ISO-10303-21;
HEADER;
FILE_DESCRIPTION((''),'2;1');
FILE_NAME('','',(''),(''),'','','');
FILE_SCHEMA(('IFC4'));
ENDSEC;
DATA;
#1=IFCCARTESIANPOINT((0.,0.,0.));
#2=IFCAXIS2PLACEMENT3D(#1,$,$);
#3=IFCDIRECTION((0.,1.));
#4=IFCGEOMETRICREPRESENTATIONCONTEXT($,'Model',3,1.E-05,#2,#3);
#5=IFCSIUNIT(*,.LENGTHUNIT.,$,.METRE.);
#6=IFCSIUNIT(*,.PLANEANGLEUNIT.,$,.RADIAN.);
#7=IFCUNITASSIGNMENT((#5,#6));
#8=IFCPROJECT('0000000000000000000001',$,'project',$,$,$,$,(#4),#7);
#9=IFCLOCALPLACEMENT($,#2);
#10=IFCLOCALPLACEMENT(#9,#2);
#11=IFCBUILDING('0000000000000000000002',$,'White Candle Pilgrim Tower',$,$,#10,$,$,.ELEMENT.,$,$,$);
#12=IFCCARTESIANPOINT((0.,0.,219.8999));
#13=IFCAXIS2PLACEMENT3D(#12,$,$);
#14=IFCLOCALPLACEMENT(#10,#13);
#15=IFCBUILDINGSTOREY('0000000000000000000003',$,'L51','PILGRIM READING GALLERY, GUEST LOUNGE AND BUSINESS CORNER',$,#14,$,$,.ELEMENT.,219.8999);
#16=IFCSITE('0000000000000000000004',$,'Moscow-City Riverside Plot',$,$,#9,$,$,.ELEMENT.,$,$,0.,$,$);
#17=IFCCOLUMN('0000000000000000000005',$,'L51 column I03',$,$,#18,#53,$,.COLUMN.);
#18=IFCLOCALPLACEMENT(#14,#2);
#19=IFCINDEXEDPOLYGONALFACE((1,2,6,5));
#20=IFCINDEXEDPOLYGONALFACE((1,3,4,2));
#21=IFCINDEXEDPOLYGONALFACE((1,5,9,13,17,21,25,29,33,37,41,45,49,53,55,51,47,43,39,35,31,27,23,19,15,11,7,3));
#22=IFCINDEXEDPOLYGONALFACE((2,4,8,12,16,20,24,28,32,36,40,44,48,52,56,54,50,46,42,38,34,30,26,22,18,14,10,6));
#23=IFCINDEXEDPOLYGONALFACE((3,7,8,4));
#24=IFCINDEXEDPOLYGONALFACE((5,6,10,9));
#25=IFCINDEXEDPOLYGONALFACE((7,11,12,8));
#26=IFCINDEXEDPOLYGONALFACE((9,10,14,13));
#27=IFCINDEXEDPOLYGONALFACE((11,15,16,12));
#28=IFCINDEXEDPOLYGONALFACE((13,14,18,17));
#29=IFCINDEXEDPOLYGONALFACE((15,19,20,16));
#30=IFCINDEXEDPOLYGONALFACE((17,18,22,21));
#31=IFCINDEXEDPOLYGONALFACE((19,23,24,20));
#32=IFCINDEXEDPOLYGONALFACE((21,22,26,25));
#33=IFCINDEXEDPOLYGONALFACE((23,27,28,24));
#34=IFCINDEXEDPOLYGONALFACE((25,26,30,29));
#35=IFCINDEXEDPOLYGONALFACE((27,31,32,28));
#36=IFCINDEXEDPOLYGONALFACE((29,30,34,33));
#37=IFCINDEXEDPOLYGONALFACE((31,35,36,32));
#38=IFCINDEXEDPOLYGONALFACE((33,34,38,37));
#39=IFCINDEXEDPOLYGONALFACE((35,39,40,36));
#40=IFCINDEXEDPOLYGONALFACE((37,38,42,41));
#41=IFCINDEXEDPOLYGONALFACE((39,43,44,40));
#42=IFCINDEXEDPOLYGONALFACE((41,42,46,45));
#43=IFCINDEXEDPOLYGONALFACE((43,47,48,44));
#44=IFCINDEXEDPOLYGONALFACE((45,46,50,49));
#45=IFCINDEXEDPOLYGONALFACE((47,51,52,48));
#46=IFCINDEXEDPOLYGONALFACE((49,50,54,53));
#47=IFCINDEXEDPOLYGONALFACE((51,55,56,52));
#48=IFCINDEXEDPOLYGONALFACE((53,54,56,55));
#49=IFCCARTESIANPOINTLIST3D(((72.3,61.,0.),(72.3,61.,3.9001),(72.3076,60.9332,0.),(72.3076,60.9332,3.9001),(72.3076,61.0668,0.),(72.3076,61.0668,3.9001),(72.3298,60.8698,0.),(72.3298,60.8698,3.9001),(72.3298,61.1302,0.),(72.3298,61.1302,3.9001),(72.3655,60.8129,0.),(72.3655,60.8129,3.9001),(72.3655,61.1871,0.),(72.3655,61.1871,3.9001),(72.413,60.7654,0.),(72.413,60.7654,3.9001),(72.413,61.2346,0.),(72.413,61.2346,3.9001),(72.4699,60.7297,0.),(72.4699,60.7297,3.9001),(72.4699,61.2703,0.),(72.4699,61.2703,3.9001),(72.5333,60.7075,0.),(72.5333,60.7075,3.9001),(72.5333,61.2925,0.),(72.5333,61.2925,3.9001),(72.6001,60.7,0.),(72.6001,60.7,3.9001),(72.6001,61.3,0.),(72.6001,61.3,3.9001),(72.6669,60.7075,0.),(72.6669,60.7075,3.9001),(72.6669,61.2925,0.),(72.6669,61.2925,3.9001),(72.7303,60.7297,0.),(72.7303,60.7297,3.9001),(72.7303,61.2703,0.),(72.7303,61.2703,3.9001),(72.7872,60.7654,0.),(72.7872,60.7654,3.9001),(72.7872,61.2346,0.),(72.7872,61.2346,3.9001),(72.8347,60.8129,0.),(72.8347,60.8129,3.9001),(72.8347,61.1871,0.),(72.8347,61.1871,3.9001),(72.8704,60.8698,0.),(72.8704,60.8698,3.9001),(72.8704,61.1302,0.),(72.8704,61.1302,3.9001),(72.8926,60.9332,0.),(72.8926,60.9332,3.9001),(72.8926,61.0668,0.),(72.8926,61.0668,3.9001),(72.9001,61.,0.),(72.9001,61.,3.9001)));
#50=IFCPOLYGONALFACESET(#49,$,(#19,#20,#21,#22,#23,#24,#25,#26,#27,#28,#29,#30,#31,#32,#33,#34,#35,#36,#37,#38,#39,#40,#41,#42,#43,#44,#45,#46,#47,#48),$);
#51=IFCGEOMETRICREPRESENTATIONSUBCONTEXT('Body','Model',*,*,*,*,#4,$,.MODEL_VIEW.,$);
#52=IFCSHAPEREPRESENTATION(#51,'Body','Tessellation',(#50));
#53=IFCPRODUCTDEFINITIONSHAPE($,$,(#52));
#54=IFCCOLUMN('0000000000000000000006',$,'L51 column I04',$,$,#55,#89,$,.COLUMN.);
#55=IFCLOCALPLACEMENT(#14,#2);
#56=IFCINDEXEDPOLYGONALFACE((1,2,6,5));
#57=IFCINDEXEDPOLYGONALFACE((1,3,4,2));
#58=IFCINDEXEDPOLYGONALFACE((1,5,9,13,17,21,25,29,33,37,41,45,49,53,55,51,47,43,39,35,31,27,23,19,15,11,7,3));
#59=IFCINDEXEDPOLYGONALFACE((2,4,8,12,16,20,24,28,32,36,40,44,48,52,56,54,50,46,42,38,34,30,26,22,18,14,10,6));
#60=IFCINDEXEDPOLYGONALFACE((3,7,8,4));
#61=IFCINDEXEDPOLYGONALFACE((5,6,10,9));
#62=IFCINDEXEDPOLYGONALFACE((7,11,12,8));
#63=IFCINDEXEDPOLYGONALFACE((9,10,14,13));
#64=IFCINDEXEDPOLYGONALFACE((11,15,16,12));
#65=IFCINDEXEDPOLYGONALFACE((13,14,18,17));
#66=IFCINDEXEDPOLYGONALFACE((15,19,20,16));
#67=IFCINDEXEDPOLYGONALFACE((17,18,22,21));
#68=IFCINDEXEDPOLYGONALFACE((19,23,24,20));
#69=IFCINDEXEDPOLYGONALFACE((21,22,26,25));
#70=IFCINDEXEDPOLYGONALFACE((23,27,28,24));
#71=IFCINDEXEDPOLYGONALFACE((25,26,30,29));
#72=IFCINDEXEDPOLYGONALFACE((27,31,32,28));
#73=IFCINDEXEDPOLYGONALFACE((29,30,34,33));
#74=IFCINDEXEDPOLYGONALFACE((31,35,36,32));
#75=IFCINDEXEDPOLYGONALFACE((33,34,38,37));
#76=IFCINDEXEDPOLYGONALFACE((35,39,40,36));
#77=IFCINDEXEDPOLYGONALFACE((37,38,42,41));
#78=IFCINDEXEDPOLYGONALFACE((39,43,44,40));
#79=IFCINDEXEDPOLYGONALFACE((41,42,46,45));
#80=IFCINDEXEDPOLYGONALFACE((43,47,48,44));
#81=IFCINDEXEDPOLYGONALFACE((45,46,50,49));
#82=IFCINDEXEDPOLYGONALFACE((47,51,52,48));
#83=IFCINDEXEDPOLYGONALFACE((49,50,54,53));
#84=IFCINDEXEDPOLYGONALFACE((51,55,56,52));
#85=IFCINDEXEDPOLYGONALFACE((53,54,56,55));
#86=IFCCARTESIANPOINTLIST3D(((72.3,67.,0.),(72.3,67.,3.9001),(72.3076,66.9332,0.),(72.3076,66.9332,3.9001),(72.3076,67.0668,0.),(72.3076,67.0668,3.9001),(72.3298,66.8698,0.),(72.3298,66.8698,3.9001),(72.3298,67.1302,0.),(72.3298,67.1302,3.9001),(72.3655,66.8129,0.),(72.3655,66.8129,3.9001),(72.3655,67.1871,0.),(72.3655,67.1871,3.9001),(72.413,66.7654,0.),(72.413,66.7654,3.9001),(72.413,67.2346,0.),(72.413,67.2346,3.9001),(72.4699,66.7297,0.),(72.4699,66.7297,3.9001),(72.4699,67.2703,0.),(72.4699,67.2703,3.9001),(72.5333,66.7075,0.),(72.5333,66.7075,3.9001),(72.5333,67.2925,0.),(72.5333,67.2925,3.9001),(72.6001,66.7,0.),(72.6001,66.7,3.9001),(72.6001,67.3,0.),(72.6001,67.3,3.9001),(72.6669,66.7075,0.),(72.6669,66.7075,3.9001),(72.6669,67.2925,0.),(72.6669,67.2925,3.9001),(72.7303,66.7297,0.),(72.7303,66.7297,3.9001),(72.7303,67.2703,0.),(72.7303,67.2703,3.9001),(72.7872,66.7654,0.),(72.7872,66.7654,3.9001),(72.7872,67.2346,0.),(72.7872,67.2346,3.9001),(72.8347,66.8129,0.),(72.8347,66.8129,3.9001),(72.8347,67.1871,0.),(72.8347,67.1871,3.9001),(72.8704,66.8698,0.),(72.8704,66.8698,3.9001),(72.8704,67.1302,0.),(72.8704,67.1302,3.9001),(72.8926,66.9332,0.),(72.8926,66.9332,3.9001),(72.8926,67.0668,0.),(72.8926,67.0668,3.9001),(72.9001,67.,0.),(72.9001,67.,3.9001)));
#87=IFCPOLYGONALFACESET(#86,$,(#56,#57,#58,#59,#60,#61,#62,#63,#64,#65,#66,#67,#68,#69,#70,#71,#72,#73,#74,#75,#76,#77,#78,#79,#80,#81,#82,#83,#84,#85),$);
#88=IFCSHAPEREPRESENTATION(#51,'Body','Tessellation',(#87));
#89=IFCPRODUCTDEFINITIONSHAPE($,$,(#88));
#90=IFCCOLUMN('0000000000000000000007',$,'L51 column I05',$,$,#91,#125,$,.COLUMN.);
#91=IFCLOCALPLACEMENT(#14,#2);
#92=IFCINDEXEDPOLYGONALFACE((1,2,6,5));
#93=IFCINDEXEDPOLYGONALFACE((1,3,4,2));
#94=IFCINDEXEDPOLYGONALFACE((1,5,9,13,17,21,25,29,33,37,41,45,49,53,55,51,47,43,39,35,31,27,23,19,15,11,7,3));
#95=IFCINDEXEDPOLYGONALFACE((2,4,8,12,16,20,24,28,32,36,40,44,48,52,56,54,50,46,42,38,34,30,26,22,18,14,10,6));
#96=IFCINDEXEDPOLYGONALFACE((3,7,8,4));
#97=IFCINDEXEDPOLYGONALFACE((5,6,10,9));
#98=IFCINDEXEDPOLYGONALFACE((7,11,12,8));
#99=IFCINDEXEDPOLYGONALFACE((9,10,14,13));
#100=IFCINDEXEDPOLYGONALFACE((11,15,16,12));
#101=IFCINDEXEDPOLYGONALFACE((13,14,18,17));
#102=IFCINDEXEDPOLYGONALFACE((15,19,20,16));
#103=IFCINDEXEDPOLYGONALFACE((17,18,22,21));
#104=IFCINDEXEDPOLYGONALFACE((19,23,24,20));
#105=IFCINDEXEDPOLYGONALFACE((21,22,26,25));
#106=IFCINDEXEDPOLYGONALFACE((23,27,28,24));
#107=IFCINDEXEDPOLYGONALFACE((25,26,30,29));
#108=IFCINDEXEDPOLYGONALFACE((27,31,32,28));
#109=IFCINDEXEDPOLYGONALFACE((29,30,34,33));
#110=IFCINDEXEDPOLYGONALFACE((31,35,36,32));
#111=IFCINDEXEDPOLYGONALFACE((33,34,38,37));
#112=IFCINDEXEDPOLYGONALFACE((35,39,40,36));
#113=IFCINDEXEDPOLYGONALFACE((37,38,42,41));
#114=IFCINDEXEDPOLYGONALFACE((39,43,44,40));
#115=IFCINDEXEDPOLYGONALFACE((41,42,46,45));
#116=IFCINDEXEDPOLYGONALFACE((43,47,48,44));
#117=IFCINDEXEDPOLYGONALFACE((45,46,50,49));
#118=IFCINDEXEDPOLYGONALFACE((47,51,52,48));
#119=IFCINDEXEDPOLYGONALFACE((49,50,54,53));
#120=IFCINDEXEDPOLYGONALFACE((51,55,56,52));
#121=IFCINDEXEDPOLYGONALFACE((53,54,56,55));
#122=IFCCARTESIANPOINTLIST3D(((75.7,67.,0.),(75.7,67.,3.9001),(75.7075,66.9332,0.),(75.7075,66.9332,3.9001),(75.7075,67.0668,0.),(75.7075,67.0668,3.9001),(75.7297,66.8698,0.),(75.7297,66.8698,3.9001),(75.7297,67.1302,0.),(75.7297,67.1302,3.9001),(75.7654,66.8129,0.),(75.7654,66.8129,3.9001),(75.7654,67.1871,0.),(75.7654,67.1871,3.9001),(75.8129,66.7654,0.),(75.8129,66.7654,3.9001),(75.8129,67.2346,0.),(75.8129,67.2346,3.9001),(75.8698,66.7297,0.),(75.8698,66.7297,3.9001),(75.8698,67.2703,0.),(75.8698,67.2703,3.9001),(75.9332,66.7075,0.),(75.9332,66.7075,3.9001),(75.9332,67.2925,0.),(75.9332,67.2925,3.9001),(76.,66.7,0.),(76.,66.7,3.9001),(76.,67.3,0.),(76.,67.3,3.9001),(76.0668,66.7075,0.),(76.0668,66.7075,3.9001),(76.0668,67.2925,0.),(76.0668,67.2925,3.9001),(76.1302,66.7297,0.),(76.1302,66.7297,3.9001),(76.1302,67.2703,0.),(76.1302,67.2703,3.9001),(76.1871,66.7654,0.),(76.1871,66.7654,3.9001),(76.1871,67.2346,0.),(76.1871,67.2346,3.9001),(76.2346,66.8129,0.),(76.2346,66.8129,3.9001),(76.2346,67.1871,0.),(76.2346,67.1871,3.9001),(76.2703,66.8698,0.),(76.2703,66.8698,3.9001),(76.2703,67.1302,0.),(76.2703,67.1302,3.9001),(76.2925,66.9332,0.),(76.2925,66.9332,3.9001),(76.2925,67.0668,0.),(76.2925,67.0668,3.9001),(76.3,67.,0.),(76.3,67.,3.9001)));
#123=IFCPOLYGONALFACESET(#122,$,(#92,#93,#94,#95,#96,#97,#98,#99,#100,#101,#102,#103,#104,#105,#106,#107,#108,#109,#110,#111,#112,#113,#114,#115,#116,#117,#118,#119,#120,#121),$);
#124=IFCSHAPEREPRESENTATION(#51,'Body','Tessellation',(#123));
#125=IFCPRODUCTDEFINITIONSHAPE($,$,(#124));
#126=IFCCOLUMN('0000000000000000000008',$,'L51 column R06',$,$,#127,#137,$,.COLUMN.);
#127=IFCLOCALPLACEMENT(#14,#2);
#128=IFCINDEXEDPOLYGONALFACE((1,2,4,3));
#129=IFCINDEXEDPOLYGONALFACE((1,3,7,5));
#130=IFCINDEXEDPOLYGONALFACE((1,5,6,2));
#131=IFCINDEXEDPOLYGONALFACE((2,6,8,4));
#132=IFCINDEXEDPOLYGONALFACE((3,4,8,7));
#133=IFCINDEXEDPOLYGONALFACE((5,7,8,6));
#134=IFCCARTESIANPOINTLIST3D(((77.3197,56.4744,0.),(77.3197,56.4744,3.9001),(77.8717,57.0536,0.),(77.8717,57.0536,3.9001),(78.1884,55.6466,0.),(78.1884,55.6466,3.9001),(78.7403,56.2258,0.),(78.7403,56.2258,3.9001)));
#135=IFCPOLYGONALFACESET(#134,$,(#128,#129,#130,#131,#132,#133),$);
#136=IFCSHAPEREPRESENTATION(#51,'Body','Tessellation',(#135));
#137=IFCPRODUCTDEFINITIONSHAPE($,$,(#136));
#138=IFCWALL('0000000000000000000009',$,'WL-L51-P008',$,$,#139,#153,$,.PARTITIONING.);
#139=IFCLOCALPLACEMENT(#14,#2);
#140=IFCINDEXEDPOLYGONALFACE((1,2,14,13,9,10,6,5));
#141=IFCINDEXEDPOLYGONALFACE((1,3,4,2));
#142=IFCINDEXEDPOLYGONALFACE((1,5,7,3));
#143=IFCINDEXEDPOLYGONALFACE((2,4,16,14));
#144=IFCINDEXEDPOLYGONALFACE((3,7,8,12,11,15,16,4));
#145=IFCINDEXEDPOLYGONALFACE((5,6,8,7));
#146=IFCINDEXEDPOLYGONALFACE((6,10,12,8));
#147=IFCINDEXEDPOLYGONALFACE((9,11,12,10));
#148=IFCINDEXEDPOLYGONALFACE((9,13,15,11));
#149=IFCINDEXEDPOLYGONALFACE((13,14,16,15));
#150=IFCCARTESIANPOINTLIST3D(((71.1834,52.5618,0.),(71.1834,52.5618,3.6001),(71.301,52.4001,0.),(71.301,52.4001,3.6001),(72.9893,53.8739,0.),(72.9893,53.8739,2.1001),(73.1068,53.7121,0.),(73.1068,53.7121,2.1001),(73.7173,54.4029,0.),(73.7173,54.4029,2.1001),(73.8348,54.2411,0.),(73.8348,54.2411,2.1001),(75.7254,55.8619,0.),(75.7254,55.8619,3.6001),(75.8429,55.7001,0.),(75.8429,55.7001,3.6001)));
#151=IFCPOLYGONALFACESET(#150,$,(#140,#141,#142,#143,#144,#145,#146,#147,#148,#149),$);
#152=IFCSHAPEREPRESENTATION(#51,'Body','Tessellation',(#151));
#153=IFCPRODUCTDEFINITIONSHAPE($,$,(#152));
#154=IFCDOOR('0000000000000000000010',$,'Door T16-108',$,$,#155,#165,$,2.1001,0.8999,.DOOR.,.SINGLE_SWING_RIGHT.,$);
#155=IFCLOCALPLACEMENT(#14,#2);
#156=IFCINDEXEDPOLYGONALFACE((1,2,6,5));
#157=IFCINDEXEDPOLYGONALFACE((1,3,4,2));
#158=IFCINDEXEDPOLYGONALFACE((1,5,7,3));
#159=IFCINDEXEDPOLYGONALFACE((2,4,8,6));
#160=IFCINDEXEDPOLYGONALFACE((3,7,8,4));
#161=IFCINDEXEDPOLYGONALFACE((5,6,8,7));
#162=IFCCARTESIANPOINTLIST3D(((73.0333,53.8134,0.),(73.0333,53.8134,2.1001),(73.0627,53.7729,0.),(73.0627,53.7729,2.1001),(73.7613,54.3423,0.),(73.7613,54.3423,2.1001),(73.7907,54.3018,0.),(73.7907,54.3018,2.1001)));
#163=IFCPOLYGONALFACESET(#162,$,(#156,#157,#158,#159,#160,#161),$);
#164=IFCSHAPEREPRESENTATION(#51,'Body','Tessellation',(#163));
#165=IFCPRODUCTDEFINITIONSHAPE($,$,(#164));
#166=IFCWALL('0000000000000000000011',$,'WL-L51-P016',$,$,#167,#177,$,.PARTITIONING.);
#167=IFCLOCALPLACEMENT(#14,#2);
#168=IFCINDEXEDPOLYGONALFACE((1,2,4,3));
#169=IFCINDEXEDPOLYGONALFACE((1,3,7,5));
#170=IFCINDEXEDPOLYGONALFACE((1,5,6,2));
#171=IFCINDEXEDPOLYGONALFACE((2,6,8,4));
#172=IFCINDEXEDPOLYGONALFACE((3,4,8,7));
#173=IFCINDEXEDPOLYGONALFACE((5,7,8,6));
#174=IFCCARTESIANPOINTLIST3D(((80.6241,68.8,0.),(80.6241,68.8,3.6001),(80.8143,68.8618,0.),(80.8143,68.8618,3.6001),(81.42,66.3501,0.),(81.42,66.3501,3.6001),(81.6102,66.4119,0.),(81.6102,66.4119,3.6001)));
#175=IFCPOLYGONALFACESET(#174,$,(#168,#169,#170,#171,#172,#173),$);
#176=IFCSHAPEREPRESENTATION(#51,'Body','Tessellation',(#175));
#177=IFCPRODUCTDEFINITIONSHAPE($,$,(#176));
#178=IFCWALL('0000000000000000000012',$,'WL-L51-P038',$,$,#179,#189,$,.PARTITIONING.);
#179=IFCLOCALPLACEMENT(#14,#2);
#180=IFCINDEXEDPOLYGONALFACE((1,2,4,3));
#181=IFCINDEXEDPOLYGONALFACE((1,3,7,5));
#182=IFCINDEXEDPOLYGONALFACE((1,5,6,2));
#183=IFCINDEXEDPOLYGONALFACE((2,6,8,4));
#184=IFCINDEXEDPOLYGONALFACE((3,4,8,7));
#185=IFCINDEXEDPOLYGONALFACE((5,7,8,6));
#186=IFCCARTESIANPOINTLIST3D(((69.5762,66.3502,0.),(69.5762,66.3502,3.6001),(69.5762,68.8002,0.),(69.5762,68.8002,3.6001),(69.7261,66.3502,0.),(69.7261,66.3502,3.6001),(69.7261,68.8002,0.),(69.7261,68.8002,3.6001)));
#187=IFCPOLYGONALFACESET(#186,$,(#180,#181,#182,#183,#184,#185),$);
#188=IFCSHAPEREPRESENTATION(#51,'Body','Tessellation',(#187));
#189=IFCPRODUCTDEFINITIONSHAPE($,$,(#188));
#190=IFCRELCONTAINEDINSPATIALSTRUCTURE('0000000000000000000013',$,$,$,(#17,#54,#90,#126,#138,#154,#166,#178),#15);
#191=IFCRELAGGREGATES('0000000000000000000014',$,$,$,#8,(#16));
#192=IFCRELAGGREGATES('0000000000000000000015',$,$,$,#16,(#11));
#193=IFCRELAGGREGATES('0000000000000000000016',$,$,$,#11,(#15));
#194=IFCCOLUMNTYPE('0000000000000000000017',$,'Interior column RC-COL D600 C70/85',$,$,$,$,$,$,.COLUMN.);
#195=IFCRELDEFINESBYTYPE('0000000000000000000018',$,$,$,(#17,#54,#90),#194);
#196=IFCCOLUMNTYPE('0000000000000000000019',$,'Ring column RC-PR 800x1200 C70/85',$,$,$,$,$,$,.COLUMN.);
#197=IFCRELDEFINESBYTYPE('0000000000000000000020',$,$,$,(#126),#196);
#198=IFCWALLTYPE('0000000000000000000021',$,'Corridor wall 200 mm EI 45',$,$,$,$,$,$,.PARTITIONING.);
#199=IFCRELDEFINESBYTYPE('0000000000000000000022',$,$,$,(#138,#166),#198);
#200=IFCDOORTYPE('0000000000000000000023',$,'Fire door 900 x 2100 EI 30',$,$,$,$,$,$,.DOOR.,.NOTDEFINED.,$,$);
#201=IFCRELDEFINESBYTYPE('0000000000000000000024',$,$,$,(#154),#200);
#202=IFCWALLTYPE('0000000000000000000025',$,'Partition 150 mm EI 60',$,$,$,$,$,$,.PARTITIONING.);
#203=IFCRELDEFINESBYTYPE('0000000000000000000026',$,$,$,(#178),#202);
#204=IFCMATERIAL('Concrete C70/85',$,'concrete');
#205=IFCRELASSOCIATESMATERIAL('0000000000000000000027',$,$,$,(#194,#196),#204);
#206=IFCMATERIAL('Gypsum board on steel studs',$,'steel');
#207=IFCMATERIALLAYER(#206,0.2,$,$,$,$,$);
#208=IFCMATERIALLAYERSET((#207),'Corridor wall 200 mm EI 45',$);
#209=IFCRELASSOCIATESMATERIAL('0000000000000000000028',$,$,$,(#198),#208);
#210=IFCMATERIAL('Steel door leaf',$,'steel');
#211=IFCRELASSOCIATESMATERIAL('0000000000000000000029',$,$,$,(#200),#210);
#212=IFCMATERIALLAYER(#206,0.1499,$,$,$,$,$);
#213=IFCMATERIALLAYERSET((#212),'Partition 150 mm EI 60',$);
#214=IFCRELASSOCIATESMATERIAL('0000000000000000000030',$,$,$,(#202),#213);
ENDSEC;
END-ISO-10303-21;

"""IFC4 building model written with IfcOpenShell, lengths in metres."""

from ifc_helpers import new_model, si_unit, direction, frame, frame_2d, origin, origin_2d, place, context, subcontext, project, spatial, rectangle, circle, extrude, material, layer, layer_set, material_profile, profile_set, type_object, element, fill, save


model = new_model("IFC4")

# Units and contexts
model_context = context("Model", 3, precision=1e-05, world=origin(), true_north=direction((0.0, 1.0)))
body_context = subcontext(model_context, "Body", "Model", "MODEL_VIEW")
ifc_project = project(units=[si_unit("LENGTHUNIT", "METRE"), si_unit("PLANEANGLEUNIT", "RADIAN")], contexts=[model_context])

# Site, building, storey
site_placement = place(None, origin())
site = spatial("IfcSite", under=ifc_project, at=site_placement, Name="Moscow-City Riverside Plot", CompositionType="ELEMENT", RefElevation=0.0)
building_placement = place(site_placement, origin())
building = spatial("IfcBuilding", under=site, at=building_placement, Name="White Candle Pilgrim Tower", CompositionType="ELEMENT")
storey_placement = place(building_placement, frame((0.0, 0.0, 219.8999)))
storey = spatial("IfcBuildingStorey", under=building, at=storey_placement, Name="L51", Description="PILGRIM READING GALLERY, GUEST LOUNGE AND BUSINESS CORNER", CompositionType="ELEMENT", Elevation=219.8999)

# Columns
ifc_material_1 = material(Name="Concrete C70/85", Category="concrete")
ifc_material_profile_1 = material_profile(ifc_material_1, circle(Radius=0.3, at=origin_2d()), Name="RC-COL D600")
ifc_profile_set_1 = profile_set([ifc_material_profile_1], Name="Concrete C70/85")
column_type_1 = type_object("IfcColumnType", Name="Interior column RC-COL D600 C70/85", PredefinedType="COLUMN", material=ifc_profile_set_1)
for number, where, z_axis, x_axis, name in (
    (1, (72.6001, 61.0, 0.0), (0.0, 0.0, 1.0), (1.0, 0.0, 0.0), "L51 column I03"),
    (2, (72.6001, 67.0, 0.0), (0.0, 0.0, 1.0), (1.0, 0.0, 0.0), "L51 column I04"),
    (3, (76.0, 67.0, 0.0), (0.0, 0.0, 1.0), (1.0, 0.0, 0.0), "L51 column I05"),
):
    element("IfcColumn", number, at=place(storey_placement, frame(where, z_axis=z_axis, x_axis=x_axis)), inside=storey, type_object=column_type_1, Name=name, PredefinedType="COLUMN", context=body_context, shape_type="SweptSolid", body=[
        extrude(circle(Radius=0.3, at=origin_2d()), origin(), (0.0, 0.0, 1.0), 3.9001),
    ])
ifc_material_profile_2 = material_profile(ifc_material_1, rectangle(XDim=0.8, YDim=1.2, at=origin_2d()), Name="RC-PR 800x1200")
ifc_profile_set_2 = profile_set([ifc_material_profile_2], Name="Concrete C70/85")
column_type_2 = type_object("IfcColumnType", Name="Ring column RC-PR 800x1200 C70/85", PredefinedType="COLUMN", material=ifc_profile_set_2)
column_placement = place(storey_placement, frame((78.03, 56.3501, 0.0), z_axis=(0.0, 0.0, 1.0), x_axis=(-0.689872, -0.723931, 0.0)))
element("IfcColumn", 4, at=column_placement, inside=storey, type_object=column_type_2, Name="L51 column R06", PredefinedType="COLUMN", context=body_context, shape_type="SweptSolid", body=[
    extrude(rectangle(XDim=0.8, YDim=1.2, at=origin_2d()), origin(), (0.0, 0.0, 1.0), 3.9001),
])

# Wall, opening, door
ifc_material_2 = material(Name="Gypsum board on steel studs", Category="steel")
ifc_layer_1 = layer(ifc_material_2, 0.2)
ifc_layer_set_1 = layer_set([ifc_layer_1], Name="Corridor wall 200 mm EI 45")
wall_type_1 = type_object("IfcWallType", Name="Corridor wall 200 mm EI 45", PredefinedType="PARTITIONING", material=ifc_layer_set_1)
wall_1_placement = place(storey_placement, frame((75.7842, 55.781, 0.0), z_axis=(0.0, 0.0, 1.0), x_axis=(-0.809009, -0.587797, 0.0)))
wall_1 = element("IfcWall", 5, at=wall_1_placement, inside=storey, type_object=wall_type_1, Name="WL-L51-P008", PredefinedType="PARTITIONING", context=body_context, shape_type="SweptSolid", body=[
    extrude(rectangle(XDim=5.6143, YDim=0.2, at=frame_2d((2.8071, 0.0))), origin(), (0.0, 0.0, 1.0), 3.6001),
])
opening_1_placement = place(wall_1_placement, frame((2.4822, 0.0, 0.0)))
opening_1 = element("IfcOpeningElement", 6, at=opening_1_placement, cuts=wall_1, PredefinedType="OPENING", context=body_context, shape_type="SweptSolid", body=[
    extrude(rectangle(XDim=0.8999, YDim=2.1001, at=frame_2d((0.45, 1.05))), frame((0.0, 0.1099, 0.0), z_axis=(0.0, -1.0, 0.0), x_axis=(1.0, 0.0, 0.0)), (0.0, 0.0, 1.0), 0.22),
])
ifc_material_3 = material(Name="Steel door leaf", Category="steel")
door_type_1 = type_object("IfcDoorType", Name="Fire door 900 x 2100 EI 30", OperationType="NOTDEFINED", PredefinedType="DOOR", material=ifc_material_3)
door_1_placement = place(opening_1_placement, origin())
door_1 = element("IfcDoor", 7, at=door_1_placement, inside=storey, type_object=door_type_1, Name="Door T16-108", OperationType="SINGLE_SWING_RIGHT", OverallHeight=2.1001, OverallWidth=0.8999, PredefinedType="DOOR", context=body_context, shape_type="SweptSolid", body=[
    extrude(rectangle(XDim=0.8999, YDim=2.1001, at=frame_2d((0.45, 1.05))), frame((0.0, 0.0249, 0.0), z_axis=(0.0, -1.0, 0.0), x_axis=(1.0, 0.0, 0.0)), (0.0, 0.0, 1.0), 0.05),
])
fill(opening_1, door_1)

# Walls
wall_2_placement = place(storey_placement, frame((81.5151, 66.3809, 0.0), z_axis=(0.0, 0.0, 1.0), x_axis=(-0.308968, 0.951072, 0.0)))
element("IfcWall", 8, at=wall_2_placement, inside=storey, type_object=wall_type_1, Name="WL-L51-P016", PredefinedType="PARTITIONING", context=body_context, shape_type="SweptSolid", body=[
    extrude(rectangle(XDim=2.5759, YDim=0.2, at=frame_2d((1.2881, 0.0))), origin(), (0.0, 0.0, 1.0), 3.6001),
])
ifc_layer_2 = layer(ifc_material_2, 0.1499)
ifc_layer_set_2 = layer_set([ifc_layer_2], Name="Partition 150 mm EI 60")
wall_type_2 = type_object("IfcWallType", Name="Partition 150 mm EI 60", PredefinedType="PARTITIONING", material=ifc_layer_set_2)
wall_3_placement = place(storey_placement, frame((69.6511, 66.3501, 0.0), z_axis=(0.0, 0.0, 1.0), x_axis=(0.0, 1.0, 0.0)))
element("IfcWall", 9, at=wall_3_placement, inside=storey, type_object=wall_type_2, Name="WL-L51-P038", PredefinedType="PARTITIONING", context=body_context, shape_type="SweptSolid", body=[
    extrude(rectangle(XDim=2.45, YDim=0.1499, at=frame_2d((1.2251, 0.0))), origin(), (0.0, 0.0, 1.0), 3.6001),
])

save(model, "model.ifc")
